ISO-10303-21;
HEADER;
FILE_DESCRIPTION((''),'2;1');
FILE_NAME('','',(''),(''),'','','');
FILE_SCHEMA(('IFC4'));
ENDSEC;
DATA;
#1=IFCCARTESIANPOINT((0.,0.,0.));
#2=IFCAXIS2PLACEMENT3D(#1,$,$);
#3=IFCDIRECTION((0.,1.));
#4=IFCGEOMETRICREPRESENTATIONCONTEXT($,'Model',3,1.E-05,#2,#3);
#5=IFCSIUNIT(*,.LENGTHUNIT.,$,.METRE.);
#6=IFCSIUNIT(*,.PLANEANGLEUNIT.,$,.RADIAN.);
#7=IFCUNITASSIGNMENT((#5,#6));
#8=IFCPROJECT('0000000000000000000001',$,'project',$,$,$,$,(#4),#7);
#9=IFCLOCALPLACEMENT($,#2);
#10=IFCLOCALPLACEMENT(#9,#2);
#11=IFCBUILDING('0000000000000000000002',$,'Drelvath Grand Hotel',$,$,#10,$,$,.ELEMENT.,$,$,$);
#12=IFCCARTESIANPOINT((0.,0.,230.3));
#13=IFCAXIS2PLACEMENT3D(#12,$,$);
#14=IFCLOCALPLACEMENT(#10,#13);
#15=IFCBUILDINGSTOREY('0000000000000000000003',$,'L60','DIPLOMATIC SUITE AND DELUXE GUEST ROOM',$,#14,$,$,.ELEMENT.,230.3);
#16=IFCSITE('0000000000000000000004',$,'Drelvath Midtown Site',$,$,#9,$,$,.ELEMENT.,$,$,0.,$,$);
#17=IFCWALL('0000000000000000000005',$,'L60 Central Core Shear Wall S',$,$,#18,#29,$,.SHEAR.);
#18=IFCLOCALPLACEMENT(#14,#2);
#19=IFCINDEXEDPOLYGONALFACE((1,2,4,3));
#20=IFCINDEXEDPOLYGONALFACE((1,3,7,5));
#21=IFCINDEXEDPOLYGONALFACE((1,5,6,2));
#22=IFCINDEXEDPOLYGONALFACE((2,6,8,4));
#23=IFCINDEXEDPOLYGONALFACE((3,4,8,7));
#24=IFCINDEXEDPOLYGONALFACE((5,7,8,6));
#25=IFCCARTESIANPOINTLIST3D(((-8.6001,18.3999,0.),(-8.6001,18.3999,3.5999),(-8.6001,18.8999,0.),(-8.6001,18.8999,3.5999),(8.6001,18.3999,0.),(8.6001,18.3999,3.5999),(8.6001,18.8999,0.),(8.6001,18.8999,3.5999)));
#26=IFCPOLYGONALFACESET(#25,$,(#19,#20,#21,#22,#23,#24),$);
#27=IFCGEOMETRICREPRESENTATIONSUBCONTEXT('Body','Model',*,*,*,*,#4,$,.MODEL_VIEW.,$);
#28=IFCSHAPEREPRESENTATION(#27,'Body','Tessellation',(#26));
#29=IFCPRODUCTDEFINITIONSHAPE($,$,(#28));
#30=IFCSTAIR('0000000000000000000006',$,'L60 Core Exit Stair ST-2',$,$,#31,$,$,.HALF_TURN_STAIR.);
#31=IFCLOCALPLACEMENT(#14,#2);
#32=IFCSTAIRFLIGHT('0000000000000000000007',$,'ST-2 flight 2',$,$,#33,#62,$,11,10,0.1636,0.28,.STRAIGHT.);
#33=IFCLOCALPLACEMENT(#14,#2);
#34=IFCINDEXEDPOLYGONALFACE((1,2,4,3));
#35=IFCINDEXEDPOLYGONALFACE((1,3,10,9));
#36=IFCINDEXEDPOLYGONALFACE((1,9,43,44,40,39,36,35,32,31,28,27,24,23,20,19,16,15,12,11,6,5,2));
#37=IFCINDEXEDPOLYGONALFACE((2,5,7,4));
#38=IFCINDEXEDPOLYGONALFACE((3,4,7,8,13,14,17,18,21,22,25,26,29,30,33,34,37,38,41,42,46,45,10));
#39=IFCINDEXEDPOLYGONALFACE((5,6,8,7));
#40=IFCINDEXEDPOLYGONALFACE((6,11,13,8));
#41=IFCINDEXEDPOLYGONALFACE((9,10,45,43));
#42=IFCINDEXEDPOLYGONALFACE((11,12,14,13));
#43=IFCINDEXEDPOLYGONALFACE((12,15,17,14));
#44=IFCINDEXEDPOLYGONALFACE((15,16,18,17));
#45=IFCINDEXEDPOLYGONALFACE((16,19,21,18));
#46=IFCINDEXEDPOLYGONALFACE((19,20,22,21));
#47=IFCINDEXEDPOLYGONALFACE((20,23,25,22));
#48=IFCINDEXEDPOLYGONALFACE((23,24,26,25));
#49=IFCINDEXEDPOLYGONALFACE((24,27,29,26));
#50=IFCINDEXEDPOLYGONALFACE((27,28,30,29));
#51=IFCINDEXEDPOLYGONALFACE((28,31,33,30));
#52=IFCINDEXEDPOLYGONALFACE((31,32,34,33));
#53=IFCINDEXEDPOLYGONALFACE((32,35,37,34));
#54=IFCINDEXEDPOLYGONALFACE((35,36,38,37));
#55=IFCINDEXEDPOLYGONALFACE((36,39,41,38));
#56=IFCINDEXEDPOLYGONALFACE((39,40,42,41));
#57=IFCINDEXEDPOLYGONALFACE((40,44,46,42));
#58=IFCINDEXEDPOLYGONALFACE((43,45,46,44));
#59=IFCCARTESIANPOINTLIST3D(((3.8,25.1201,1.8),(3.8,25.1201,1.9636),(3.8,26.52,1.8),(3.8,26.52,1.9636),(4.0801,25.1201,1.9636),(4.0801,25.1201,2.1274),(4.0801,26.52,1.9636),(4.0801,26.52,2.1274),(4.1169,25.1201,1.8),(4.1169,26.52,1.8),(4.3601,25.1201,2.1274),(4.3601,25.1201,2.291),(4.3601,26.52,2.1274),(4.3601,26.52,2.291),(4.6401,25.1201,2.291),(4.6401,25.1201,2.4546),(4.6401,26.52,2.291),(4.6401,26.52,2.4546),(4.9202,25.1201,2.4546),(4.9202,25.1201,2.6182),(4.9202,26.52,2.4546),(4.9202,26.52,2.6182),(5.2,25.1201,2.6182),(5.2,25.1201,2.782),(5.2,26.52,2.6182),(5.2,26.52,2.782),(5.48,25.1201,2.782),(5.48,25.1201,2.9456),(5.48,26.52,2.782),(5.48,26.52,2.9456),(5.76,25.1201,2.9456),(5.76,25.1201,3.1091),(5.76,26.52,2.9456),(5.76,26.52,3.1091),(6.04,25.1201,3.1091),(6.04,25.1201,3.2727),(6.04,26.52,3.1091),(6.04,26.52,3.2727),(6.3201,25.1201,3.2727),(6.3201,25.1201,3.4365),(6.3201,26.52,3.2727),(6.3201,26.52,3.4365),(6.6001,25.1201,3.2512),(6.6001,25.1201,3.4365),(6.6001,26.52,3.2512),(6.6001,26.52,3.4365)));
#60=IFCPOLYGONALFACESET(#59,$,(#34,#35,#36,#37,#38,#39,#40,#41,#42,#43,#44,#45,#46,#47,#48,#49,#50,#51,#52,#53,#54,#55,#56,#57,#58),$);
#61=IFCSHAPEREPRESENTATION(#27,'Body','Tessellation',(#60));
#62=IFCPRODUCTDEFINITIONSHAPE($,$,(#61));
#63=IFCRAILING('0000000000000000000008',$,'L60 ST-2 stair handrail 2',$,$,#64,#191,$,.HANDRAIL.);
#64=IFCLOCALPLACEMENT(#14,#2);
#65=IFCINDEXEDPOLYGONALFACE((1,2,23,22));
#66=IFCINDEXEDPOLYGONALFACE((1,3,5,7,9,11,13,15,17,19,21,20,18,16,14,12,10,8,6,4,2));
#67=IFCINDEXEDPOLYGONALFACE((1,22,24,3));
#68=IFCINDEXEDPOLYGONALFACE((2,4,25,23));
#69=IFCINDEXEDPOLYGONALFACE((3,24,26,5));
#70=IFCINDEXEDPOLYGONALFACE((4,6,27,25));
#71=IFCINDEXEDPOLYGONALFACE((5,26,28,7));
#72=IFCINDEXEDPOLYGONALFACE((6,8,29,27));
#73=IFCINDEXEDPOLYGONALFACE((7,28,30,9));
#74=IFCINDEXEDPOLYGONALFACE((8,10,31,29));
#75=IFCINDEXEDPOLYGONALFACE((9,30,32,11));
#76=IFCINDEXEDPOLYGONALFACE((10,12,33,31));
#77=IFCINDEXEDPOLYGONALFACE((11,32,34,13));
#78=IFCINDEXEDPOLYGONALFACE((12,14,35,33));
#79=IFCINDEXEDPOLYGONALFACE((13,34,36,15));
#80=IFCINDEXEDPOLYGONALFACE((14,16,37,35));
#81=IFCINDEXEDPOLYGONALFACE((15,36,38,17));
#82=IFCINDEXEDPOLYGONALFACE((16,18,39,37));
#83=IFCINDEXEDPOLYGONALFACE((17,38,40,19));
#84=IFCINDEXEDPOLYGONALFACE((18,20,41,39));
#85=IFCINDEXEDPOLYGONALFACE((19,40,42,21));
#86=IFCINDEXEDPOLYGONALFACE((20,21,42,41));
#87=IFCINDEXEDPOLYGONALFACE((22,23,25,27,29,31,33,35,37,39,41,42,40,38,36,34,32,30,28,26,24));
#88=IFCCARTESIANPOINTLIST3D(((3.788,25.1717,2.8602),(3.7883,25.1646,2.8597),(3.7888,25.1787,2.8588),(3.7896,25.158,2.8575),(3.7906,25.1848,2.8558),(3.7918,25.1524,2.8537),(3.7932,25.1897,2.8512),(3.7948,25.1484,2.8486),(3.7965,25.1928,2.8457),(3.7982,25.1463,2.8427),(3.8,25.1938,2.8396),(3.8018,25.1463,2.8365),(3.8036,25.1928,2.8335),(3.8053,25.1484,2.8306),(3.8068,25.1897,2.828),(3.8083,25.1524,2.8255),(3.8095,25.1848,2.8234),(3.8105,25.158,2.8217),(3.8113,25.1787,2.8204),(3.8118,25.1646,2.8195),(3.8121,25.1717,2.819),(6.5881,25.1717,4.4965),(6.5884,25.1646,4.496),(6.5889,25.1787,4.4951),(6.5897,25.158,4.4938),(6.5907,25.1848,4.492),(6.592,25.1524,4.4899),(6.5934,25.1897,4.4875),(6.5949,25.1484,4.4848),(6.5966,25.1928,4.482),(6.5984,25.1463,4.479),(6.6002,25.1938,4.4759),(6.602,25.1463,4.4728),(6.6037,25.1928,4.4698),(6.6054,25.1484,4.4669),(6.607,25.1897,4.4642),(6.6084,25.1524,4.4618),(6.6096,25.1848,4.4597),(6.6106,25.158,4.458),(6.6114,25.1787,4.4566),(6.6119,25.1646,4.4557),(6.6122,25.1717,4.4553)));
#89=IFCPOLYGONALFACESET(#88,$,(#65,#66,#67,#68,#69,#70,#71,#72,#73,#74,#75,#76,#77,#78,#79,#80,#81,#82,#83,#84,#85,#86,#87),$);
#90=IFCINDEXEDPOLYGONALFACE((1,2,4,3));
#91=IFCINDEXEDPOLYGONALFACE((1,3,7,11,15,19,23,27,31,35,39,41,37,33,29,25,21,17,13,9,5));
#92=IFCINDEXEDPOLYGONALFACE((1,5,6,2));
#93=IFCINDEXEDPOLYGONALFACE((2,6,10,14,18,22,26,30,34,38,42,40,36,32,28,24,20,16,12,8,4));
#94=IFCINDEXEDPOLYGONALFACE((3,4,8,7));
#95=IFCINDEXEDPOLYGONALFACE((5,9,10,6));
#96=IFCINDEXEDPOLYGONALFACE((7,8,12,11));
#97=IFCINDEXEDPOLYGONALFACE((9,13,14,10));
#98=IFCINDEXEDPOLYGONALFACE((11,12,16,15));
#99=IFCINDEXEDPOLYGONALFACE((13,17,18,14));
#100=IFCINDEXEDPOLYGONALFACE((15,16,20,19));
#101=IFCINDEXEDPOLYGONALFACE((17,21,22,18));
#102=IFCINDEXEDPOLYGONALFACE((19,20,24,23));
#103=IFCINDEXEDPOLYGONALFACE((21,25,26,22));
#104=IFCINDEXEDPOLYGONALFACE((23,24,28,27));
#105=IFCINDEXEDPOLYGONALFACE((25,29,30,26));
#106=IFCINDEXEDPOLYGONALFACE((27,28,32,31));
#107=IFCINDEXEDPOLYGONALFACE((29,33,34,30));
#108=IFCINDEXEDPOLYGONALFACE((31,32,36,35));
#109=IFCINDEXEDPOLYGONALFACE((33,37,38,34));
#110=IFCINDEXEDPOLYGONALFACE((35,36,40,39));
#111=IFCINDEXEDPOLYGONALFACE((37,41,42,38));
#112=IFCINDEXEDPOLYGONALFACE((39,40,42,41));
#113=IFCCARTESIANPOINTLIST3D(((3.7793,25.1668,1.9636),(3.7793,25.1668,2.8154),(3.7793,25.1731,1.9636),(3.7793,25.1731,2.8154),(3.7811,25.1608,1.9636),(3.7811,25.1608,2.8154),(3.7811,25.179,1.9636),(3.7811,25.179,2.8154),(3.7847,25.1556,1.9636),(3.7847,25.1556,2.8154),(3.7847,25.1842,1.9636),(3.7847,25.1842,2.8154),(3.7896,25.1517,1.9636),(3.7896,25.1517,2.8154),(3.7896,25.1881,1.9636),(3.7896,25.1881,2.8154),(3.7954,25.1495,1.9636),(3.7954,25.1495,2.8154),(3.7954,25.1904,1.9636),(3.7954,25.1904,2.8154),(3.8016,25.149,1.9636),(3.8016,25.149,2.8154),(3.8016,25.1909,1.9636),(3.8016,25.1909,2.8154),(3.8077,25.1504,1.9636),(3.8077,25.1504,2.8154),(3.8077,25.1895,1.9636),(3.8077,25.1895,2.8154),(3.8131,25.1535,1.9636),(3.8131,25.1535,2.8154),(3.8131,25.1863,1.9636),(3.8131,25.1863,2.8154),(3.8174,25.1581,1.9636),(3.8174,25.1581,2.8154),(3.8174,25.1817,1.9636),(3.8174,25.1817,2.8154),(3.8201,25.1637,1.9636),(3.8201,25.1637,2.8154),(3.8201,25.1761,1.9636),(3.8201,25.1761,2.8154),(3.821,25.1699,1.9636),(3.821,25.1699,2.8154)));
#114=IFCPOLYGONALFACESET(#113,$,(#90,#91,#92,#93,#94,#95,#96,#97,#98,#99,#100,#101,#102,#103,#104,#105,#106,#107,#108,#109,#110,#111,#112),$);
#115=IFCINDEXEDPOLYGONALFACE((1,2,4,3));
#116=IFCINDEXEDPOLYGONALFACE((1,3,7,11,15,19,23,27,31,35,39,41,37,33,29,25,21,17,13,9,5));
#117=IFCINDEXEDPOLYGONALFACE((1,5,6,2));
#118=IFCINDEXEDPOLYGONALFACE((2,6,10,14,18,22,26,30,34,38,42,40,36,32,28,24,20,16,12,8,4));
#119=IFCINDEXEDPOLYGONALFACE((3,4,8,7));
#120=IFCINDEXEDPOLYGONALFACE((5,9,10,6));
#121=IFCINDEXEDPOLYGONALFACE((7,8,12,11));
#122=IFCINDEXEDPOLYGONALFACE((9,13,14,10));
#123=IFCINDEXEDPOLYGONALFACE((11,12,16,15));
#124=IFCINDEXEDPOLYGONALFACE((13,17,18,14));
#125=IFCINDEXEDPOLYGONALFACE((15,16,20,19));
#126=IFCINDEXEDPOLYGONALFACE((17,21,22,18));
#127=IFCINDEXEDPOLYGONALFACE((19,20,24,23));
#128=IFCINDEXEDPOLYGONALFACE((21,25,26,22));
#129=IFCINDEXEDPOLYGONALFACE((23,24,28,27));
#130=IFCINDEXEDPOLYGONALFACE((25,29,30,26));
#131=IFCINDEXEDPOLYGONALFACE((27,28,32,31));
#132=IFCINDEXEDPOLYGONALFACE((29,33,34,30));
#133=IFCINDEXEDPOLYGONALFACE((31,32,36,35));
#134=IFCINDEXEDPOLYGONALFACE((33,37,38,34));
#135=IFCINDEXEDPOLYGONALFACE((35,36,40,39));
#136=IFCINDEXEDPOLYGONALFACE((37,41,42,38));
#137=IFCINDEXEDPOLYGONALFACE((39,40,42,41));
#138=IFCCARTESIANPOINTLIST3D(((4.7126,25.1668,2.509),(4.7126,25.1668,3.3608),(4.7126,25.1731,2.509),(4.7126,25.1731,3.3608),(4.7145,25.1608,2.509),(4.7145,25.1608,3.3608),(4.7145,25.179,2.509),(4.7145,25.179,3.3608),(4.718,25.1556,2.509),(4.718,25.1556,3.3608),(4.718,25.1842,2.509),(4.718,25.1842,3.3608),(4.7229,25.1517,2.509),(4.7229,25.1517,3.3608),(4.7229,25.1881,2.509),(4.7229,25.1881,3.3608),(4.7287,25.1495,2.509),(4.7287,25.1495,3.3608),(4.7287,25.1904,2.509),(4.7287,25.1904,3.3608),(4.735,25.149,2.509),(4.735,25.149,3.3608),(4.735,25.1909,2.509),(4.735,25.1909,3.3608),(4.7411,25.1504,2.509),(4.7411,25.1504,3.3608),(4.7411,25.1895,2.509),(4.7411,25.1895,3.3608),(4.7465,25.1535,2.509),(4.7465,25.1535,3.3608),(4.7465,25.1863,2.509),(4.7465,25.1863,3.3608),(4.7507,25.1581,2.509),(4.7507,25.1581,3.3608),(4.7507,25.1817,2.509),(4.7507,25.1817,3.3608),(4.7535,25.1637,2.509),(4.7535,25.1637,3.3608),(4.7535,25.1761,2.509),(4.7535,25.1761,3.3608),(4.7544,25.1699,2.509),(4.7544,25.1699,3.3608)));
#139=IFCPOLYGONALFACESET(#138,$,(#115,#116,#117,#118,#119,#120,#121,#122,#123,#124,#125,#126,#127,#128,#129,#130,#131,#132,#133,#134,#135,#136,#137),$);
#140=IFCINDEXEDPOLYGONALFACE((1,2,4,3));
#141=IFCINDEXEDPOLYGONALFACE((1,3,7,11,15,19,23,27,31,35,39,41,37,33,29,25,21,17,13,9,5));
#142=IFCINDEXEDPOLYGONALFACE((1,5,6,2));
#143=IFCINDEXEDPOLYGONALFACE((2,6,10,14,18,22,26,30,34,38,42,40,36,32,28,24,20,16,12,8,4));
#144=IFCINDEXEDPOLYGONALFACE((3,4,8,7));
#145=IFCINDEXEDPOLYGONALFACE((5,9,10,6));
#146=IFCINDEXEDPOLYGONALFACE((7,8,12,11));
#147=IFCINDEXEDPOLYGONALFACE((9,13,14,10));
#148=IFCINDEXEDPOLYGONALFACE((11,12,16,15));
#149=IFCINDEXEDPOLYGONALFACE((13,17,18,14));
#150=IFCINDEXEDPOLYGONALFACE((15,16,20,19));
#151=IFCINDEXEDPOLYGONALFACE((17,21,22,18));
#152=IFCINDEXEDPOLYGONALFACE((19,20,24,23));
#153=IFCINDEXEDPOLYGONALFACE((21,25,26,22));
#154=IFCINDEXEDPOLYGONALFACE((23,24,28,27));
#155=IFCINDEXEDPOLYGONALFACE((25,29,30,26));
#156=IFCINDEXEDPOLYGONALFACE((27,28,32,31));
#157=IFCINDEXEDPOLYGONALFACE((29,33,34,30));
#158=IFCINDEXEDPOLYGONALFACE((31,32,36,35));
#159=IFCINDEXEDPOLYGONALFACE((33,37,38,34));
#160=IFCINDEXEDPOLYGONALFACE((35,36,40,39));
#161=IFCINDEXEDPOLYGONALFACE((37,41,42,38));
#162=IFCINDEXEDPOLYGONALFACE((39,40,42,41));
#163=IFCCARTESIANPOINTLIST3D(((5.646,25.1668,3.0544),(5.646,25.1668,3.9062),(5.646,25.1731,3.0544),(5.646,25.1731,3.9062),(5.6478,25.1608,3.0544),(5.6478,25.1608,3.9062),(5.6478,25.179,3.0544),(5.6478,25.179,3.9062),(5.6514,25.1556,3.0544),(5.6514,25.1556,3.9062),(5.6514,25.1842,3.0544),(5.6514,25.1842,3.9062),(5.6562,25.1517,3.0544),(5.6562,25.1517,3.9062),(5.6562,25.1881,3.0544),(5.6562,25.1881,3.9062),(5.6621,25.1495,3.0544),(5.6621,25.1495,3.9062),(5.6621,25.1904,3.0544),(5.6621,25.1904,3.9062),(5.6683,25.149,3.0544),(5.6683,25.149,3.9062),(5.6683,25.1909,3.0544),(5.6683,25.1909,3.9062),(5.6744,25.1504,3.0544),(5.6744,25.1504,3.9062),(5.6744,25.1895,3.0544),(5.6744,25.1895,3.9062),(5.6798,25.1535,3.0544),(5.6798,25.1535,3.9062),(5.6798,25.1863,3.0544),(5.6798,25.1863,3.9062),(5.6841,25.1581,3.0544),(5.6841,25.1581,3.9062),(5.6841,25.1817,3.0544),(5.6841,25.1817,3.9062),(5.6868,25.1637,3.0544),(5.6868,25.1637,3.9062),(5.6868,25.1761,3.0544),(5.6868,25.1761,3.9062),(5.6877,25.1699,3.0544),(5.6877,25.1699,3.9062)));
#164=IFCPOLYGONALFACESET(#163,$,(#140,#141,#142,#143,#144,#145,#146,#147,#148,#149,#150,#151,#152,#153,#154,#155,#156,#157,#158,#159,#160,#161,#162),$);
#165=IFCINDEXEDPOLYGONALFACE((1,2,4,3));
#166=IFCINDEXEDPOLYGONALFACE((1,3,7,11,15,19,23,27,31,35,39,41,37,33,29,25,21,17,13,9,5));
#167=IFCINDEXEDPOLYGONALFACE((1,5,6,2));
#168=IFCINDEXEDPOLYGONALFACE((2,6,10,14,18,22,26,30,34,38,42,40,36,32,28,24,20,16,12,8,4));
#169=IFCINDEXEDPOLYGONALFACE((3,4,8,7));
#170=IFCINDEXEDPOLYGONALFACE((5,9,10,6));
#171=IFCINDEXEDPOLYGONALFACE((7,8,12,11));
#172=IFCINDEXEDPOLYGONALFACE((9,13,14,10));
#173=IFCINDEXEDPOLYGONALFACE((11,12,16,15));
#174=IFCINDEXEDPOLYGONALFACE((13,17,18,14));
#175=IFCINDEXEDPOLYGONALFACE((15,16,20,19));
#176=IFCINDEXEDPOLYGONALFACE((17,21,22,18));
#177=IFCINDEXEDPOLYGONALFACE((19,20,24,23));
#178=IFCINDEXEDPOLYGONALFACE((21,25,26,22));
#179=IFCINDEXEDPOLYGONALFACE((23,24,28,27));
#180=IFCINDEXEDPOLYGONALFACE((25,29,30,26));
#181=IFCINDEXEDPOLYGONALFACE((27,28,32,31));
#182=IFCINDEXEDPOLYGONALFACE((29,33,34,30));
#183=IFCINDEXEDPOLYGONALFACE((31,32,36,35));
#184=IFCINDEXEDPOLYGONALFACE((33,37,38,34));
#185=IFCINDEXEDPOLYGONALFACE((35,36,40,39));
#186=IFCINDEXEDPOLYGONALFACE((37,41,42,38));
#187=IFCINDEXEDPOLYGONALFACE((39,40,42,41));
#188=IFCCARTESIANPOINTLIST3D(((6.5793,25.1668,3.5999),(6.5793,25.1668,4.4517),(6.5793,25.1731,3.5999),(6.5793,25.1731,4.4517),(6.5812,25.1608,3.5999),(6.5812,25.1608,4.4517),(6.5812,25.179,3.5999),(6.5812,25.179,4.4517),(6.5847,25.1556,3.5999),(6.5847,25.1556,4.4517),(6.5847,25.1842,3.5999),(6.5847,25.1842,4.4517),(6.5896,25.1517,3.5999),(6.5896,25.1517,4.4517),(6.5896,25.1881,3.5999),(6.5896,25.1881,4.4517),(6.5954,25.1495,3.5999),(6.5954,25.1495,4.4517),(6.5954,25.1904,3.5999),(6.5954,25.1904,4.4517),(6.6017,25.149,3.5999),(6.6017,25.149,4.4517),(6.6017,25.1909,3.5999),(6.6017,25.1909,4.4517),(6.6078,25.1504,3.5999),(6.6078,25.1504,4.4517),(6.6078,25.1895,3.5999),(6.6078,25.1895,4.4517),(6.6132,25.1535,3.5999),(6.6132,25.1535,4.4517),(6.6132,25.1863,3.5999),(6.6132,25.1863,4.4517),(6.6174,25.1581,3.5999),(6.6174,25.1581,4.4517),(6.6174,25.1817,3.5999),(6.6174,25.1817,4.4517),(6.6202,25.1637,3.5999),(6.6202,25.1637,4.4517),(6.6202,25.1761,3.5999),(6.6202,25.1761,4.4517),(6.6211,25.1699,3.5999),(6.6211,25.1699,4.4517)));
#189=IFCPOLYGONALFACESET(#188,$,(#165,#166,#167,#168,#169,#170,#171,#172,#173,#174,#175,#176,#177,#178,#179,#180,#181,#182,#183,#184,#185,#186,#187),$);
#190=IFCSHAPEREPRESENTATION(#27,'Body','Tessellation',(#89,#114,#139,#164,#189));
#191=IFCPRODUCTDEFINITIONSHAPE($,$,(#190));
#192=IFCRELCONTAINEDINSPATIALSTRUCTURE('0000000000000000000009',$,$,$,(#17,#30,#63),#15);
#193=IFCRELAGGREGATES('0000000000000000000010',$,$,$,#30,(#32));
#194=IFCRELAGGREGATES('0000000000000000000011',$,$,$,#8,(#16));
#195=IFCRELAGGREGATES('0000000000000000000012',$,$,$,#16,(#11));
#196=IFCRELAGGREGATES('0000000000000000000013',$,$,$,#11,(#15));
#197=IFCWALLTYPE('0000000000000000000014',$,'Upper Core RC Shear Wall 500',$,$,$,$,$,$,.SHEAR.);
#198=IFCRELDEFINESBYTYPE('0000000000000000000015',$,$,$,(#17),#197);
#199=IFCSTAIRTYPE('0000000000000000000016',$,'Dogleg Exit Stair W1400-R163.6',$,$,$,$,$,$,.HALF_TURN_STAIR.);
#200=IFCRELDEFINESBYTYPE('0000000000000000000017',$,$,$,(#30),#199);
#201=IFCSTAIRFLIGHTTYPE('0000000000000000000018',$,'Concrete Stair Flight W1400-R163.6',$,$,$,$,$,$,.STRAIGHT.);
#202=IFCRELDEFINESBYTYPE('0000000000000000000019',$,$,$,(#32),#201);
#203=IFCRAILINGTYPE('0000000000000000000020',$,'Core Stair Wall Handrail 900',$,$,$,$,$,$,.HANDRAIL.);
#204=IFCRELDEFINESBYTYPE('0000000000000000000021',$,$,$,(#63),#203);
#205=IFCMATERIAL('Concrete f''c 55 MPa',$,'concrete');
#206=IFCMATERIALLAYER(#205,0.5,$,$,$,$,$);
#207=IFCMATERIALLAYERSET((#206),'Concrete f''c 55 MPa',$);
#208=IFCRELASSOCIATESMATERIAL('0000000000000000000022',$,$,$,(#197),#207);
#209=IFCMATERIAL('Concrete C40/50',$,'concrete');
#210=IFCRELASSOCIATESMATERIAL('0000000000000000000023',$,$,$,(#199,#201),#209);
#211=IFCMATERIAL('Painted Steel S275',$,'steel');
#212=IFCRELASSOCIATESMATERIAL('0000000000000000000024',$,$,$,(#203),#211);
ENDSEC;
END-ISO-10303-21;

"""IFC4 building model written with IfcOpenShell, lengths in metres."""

from ifc_helpers import new_model, si_unit, direction, frame, frame_2d, origin, origin_2d, place, context, subcontext, project, spatial, polyline, rectangle, circle, outline, extrude, material, layer, layer_set, type_object, element, aggregate, save


model = new_model("IFC4")

# Units and contexts
model_context = context("Model", 3, precision=1e-05, world=origin(), true_north=direction((0.0, 1.0)))
body_context = subcontext(model_context, "Body", "Model", "MODEL_VIEW")
ifc_project = project(units=[si_unit("LENGTHUNIT", "METRE"), si_unit("PLANEANGLEUNIT", "RADIAN")], contexts=[model_context])

# Site, building, storey
site_placement = place(None, origin())
site = spatial("IfcSite", under=ifc_project, at=site_placement, Name="Drelvath Midtown Site", CompositionType="ELEMENT", RefElevation=0.0)
building_placement = place(site_placement, origin())
building = spatial("IfcBuilding", under=site, at=building_placement, Name="Drelvath Grand Hotel", CompositionType="ELEMENT")
storey_placement = place(building_placement, frame((0.0, 0.0, 230.3)))
storey = spatial("IfcBuildingStorey", under=building, at=storey_placement, Name="L60", Description="DIPLOMATIC SUITE AND DELUXE GUEST ROOM", CompositionType="ELEMENT", Elevation=230.3)

# Shared definitions
ifc_material_1 = material(Name="Concrete f'c 55 MPa", Category="concrete")

# Shared definitions
ifc_material_2 = material(Name="Concrete C40/50", Category="concrete")

# Wall
ifc_layer_1 = layer(ifc_material_1, 0.5)
ifc_layer_set_1 = layer_set([ifc_layer_1], Name="Concrete f'c 55 MPa")
wall_type_1 = type_object("IfcWallType", Name="Upper Core RC Shear Wall 500", PredefinedType="SHEAR", material=ifc_layer_set_1)
wall_1_placement = place(storey_placement, frame((8.6001, 18.6499, 0.0), z_axis=(0.0, 0.0, 1.0), x_axis=(-1.0, 0.0, 0.0)))
element("IfcWall", 1, at=wall_1_placement, inside=storey, type_object=wall_type_1, Name="L60 Central Core Shear Wall S", PredefinedType="SHEAR", context=body_context, shape_type="SweptSolid", body=[
    extrude(rectangle(XDim=17.2002, YDim=0.5, at=frame_2d((8.6001, 0.0))), origin(), (0.0, 0.0, 1.0), 3.5999),
])

# Stair, stair flight
stair_type = type_object("IfcStairType", Name="Dogleg Exit Stair W1400-R163.6", PredefinedType="HALF_TURN_STAIR", material=ifc_material_2)
stair_placement = place(storey_placement, origin())
stair = element("IfcStair", 2, at=stair_placement, inside=storey, type_object=stair_type, Name="L60 Core Exit Stair ST-2", PredefinedType="HALF_TURN_STAIR")
stair_flight_type = type_object("IfcStairFlightType", Name="Concrete Stair Flight W1400-R163.6", PredefinedType="STRAIGHT", material=ifc_material_2)
stair_flight_placement = place(storey_placement, frame((3.8, 25.8201, 1.8), z_axis=(0.0, 0.0, 1.0), x_axis=(1.0, 0.0, 0.0)))
stair_flight = element("IfcStairFlight", 3, at=stair_flight_placement, type_object=stair_flight_type, Name="ST-2 flight 2", NumberOfRisers=11, NumberOfTreads=10, PredefinedType="STRAIGHT", RiserHeight=0.1636, TreadLength=0.28, context=body_context, shape_type="SweptSolid", body=[
    extrude(outline(polyline([(0.0, 0.0), (0.0, 0.1636), (0.28, 0.1636), (0.28, 0.3274), (0.5601, 0.3274), (0.5601, 0.491), (0.8401, 0.491), (0.8401, 0.6545), (1.1201, 0.6545), (1.1201, 0.8181), (1.3999, 0.8181), (1.3999, 0.9819), (1.6799, 0.9819), (1.6799, 1.1455), (1.96, 1.1455), (1.96, 1.3091), (2.24, 1.3091), (2.24, 1.4727), (2.52, 1.4727), (2.52, 1.6365), (2.8, 1.6365), (2.8, 1.8), (2.8, 1.4512), (0.3169, 0.0), (0.0, 0.0)])), frame((0.0, 0.7, 0.0), z_axis=(0.0, -1.0, 0.0), x_axis=(1.0, 0.0, 0.0)), (0.0, 0.0, 1.0), 1.3999),
])
aggregate(stair, [stair_flight])

# Railing
ifc_material_3 = material(Name="Painted Steel S275", Category="steel")
railing_type_1 = type_object("IfcRailingType", Name="Core Stair Wall Handrail 900", PredefinedType="HANDRAIL", material=ifc_material_3)
railing_1_placement = place(storey_placement, frame((3.8, 25.1699, 1.9636)))
element("IfcRailing", 4, at=railing_1_placement, inside=storey, type_object=railing_type_1, Name="L60 ST-2 stair handrail 2", PredefinedType="HANDRAIL", context=body_context, shape_type="SweptSolid", body=[
    extrude(circle(Radius=0.0239, at=origin_2d()), frame((0.0, 0.0, 0.876), z_axis=(0.863394, 0.0, 0.504531), x_axis=(0.0, 1.0, 0.0)), (0.0, 0.0, 1.0), 3.2432),
    extrude(circle(Radius=0.021, at=origin_2d()), origin(), (0.0, 0.0, 1.0), 0.8518),
    extrude(circle(Radius=0.021, at=origin_2d()), frame((0.9333, 0.0, 0.5454)), (0.0, 0.0, 1.0), 0.8518),
    extrude(circle(Radius=0.021, at=origin_2d()), frame((1.8667, 0.0, 1.0908)), (0.0, 0.0, 1.0), 0.8518),
    extrude(circle(Radius=0.021, at=origin_2d()), frame((2.8, 0.0, 1.6362)), (0.0, 0.0, 1.0), 0.8518),
])

save(model, "model.ifc")
